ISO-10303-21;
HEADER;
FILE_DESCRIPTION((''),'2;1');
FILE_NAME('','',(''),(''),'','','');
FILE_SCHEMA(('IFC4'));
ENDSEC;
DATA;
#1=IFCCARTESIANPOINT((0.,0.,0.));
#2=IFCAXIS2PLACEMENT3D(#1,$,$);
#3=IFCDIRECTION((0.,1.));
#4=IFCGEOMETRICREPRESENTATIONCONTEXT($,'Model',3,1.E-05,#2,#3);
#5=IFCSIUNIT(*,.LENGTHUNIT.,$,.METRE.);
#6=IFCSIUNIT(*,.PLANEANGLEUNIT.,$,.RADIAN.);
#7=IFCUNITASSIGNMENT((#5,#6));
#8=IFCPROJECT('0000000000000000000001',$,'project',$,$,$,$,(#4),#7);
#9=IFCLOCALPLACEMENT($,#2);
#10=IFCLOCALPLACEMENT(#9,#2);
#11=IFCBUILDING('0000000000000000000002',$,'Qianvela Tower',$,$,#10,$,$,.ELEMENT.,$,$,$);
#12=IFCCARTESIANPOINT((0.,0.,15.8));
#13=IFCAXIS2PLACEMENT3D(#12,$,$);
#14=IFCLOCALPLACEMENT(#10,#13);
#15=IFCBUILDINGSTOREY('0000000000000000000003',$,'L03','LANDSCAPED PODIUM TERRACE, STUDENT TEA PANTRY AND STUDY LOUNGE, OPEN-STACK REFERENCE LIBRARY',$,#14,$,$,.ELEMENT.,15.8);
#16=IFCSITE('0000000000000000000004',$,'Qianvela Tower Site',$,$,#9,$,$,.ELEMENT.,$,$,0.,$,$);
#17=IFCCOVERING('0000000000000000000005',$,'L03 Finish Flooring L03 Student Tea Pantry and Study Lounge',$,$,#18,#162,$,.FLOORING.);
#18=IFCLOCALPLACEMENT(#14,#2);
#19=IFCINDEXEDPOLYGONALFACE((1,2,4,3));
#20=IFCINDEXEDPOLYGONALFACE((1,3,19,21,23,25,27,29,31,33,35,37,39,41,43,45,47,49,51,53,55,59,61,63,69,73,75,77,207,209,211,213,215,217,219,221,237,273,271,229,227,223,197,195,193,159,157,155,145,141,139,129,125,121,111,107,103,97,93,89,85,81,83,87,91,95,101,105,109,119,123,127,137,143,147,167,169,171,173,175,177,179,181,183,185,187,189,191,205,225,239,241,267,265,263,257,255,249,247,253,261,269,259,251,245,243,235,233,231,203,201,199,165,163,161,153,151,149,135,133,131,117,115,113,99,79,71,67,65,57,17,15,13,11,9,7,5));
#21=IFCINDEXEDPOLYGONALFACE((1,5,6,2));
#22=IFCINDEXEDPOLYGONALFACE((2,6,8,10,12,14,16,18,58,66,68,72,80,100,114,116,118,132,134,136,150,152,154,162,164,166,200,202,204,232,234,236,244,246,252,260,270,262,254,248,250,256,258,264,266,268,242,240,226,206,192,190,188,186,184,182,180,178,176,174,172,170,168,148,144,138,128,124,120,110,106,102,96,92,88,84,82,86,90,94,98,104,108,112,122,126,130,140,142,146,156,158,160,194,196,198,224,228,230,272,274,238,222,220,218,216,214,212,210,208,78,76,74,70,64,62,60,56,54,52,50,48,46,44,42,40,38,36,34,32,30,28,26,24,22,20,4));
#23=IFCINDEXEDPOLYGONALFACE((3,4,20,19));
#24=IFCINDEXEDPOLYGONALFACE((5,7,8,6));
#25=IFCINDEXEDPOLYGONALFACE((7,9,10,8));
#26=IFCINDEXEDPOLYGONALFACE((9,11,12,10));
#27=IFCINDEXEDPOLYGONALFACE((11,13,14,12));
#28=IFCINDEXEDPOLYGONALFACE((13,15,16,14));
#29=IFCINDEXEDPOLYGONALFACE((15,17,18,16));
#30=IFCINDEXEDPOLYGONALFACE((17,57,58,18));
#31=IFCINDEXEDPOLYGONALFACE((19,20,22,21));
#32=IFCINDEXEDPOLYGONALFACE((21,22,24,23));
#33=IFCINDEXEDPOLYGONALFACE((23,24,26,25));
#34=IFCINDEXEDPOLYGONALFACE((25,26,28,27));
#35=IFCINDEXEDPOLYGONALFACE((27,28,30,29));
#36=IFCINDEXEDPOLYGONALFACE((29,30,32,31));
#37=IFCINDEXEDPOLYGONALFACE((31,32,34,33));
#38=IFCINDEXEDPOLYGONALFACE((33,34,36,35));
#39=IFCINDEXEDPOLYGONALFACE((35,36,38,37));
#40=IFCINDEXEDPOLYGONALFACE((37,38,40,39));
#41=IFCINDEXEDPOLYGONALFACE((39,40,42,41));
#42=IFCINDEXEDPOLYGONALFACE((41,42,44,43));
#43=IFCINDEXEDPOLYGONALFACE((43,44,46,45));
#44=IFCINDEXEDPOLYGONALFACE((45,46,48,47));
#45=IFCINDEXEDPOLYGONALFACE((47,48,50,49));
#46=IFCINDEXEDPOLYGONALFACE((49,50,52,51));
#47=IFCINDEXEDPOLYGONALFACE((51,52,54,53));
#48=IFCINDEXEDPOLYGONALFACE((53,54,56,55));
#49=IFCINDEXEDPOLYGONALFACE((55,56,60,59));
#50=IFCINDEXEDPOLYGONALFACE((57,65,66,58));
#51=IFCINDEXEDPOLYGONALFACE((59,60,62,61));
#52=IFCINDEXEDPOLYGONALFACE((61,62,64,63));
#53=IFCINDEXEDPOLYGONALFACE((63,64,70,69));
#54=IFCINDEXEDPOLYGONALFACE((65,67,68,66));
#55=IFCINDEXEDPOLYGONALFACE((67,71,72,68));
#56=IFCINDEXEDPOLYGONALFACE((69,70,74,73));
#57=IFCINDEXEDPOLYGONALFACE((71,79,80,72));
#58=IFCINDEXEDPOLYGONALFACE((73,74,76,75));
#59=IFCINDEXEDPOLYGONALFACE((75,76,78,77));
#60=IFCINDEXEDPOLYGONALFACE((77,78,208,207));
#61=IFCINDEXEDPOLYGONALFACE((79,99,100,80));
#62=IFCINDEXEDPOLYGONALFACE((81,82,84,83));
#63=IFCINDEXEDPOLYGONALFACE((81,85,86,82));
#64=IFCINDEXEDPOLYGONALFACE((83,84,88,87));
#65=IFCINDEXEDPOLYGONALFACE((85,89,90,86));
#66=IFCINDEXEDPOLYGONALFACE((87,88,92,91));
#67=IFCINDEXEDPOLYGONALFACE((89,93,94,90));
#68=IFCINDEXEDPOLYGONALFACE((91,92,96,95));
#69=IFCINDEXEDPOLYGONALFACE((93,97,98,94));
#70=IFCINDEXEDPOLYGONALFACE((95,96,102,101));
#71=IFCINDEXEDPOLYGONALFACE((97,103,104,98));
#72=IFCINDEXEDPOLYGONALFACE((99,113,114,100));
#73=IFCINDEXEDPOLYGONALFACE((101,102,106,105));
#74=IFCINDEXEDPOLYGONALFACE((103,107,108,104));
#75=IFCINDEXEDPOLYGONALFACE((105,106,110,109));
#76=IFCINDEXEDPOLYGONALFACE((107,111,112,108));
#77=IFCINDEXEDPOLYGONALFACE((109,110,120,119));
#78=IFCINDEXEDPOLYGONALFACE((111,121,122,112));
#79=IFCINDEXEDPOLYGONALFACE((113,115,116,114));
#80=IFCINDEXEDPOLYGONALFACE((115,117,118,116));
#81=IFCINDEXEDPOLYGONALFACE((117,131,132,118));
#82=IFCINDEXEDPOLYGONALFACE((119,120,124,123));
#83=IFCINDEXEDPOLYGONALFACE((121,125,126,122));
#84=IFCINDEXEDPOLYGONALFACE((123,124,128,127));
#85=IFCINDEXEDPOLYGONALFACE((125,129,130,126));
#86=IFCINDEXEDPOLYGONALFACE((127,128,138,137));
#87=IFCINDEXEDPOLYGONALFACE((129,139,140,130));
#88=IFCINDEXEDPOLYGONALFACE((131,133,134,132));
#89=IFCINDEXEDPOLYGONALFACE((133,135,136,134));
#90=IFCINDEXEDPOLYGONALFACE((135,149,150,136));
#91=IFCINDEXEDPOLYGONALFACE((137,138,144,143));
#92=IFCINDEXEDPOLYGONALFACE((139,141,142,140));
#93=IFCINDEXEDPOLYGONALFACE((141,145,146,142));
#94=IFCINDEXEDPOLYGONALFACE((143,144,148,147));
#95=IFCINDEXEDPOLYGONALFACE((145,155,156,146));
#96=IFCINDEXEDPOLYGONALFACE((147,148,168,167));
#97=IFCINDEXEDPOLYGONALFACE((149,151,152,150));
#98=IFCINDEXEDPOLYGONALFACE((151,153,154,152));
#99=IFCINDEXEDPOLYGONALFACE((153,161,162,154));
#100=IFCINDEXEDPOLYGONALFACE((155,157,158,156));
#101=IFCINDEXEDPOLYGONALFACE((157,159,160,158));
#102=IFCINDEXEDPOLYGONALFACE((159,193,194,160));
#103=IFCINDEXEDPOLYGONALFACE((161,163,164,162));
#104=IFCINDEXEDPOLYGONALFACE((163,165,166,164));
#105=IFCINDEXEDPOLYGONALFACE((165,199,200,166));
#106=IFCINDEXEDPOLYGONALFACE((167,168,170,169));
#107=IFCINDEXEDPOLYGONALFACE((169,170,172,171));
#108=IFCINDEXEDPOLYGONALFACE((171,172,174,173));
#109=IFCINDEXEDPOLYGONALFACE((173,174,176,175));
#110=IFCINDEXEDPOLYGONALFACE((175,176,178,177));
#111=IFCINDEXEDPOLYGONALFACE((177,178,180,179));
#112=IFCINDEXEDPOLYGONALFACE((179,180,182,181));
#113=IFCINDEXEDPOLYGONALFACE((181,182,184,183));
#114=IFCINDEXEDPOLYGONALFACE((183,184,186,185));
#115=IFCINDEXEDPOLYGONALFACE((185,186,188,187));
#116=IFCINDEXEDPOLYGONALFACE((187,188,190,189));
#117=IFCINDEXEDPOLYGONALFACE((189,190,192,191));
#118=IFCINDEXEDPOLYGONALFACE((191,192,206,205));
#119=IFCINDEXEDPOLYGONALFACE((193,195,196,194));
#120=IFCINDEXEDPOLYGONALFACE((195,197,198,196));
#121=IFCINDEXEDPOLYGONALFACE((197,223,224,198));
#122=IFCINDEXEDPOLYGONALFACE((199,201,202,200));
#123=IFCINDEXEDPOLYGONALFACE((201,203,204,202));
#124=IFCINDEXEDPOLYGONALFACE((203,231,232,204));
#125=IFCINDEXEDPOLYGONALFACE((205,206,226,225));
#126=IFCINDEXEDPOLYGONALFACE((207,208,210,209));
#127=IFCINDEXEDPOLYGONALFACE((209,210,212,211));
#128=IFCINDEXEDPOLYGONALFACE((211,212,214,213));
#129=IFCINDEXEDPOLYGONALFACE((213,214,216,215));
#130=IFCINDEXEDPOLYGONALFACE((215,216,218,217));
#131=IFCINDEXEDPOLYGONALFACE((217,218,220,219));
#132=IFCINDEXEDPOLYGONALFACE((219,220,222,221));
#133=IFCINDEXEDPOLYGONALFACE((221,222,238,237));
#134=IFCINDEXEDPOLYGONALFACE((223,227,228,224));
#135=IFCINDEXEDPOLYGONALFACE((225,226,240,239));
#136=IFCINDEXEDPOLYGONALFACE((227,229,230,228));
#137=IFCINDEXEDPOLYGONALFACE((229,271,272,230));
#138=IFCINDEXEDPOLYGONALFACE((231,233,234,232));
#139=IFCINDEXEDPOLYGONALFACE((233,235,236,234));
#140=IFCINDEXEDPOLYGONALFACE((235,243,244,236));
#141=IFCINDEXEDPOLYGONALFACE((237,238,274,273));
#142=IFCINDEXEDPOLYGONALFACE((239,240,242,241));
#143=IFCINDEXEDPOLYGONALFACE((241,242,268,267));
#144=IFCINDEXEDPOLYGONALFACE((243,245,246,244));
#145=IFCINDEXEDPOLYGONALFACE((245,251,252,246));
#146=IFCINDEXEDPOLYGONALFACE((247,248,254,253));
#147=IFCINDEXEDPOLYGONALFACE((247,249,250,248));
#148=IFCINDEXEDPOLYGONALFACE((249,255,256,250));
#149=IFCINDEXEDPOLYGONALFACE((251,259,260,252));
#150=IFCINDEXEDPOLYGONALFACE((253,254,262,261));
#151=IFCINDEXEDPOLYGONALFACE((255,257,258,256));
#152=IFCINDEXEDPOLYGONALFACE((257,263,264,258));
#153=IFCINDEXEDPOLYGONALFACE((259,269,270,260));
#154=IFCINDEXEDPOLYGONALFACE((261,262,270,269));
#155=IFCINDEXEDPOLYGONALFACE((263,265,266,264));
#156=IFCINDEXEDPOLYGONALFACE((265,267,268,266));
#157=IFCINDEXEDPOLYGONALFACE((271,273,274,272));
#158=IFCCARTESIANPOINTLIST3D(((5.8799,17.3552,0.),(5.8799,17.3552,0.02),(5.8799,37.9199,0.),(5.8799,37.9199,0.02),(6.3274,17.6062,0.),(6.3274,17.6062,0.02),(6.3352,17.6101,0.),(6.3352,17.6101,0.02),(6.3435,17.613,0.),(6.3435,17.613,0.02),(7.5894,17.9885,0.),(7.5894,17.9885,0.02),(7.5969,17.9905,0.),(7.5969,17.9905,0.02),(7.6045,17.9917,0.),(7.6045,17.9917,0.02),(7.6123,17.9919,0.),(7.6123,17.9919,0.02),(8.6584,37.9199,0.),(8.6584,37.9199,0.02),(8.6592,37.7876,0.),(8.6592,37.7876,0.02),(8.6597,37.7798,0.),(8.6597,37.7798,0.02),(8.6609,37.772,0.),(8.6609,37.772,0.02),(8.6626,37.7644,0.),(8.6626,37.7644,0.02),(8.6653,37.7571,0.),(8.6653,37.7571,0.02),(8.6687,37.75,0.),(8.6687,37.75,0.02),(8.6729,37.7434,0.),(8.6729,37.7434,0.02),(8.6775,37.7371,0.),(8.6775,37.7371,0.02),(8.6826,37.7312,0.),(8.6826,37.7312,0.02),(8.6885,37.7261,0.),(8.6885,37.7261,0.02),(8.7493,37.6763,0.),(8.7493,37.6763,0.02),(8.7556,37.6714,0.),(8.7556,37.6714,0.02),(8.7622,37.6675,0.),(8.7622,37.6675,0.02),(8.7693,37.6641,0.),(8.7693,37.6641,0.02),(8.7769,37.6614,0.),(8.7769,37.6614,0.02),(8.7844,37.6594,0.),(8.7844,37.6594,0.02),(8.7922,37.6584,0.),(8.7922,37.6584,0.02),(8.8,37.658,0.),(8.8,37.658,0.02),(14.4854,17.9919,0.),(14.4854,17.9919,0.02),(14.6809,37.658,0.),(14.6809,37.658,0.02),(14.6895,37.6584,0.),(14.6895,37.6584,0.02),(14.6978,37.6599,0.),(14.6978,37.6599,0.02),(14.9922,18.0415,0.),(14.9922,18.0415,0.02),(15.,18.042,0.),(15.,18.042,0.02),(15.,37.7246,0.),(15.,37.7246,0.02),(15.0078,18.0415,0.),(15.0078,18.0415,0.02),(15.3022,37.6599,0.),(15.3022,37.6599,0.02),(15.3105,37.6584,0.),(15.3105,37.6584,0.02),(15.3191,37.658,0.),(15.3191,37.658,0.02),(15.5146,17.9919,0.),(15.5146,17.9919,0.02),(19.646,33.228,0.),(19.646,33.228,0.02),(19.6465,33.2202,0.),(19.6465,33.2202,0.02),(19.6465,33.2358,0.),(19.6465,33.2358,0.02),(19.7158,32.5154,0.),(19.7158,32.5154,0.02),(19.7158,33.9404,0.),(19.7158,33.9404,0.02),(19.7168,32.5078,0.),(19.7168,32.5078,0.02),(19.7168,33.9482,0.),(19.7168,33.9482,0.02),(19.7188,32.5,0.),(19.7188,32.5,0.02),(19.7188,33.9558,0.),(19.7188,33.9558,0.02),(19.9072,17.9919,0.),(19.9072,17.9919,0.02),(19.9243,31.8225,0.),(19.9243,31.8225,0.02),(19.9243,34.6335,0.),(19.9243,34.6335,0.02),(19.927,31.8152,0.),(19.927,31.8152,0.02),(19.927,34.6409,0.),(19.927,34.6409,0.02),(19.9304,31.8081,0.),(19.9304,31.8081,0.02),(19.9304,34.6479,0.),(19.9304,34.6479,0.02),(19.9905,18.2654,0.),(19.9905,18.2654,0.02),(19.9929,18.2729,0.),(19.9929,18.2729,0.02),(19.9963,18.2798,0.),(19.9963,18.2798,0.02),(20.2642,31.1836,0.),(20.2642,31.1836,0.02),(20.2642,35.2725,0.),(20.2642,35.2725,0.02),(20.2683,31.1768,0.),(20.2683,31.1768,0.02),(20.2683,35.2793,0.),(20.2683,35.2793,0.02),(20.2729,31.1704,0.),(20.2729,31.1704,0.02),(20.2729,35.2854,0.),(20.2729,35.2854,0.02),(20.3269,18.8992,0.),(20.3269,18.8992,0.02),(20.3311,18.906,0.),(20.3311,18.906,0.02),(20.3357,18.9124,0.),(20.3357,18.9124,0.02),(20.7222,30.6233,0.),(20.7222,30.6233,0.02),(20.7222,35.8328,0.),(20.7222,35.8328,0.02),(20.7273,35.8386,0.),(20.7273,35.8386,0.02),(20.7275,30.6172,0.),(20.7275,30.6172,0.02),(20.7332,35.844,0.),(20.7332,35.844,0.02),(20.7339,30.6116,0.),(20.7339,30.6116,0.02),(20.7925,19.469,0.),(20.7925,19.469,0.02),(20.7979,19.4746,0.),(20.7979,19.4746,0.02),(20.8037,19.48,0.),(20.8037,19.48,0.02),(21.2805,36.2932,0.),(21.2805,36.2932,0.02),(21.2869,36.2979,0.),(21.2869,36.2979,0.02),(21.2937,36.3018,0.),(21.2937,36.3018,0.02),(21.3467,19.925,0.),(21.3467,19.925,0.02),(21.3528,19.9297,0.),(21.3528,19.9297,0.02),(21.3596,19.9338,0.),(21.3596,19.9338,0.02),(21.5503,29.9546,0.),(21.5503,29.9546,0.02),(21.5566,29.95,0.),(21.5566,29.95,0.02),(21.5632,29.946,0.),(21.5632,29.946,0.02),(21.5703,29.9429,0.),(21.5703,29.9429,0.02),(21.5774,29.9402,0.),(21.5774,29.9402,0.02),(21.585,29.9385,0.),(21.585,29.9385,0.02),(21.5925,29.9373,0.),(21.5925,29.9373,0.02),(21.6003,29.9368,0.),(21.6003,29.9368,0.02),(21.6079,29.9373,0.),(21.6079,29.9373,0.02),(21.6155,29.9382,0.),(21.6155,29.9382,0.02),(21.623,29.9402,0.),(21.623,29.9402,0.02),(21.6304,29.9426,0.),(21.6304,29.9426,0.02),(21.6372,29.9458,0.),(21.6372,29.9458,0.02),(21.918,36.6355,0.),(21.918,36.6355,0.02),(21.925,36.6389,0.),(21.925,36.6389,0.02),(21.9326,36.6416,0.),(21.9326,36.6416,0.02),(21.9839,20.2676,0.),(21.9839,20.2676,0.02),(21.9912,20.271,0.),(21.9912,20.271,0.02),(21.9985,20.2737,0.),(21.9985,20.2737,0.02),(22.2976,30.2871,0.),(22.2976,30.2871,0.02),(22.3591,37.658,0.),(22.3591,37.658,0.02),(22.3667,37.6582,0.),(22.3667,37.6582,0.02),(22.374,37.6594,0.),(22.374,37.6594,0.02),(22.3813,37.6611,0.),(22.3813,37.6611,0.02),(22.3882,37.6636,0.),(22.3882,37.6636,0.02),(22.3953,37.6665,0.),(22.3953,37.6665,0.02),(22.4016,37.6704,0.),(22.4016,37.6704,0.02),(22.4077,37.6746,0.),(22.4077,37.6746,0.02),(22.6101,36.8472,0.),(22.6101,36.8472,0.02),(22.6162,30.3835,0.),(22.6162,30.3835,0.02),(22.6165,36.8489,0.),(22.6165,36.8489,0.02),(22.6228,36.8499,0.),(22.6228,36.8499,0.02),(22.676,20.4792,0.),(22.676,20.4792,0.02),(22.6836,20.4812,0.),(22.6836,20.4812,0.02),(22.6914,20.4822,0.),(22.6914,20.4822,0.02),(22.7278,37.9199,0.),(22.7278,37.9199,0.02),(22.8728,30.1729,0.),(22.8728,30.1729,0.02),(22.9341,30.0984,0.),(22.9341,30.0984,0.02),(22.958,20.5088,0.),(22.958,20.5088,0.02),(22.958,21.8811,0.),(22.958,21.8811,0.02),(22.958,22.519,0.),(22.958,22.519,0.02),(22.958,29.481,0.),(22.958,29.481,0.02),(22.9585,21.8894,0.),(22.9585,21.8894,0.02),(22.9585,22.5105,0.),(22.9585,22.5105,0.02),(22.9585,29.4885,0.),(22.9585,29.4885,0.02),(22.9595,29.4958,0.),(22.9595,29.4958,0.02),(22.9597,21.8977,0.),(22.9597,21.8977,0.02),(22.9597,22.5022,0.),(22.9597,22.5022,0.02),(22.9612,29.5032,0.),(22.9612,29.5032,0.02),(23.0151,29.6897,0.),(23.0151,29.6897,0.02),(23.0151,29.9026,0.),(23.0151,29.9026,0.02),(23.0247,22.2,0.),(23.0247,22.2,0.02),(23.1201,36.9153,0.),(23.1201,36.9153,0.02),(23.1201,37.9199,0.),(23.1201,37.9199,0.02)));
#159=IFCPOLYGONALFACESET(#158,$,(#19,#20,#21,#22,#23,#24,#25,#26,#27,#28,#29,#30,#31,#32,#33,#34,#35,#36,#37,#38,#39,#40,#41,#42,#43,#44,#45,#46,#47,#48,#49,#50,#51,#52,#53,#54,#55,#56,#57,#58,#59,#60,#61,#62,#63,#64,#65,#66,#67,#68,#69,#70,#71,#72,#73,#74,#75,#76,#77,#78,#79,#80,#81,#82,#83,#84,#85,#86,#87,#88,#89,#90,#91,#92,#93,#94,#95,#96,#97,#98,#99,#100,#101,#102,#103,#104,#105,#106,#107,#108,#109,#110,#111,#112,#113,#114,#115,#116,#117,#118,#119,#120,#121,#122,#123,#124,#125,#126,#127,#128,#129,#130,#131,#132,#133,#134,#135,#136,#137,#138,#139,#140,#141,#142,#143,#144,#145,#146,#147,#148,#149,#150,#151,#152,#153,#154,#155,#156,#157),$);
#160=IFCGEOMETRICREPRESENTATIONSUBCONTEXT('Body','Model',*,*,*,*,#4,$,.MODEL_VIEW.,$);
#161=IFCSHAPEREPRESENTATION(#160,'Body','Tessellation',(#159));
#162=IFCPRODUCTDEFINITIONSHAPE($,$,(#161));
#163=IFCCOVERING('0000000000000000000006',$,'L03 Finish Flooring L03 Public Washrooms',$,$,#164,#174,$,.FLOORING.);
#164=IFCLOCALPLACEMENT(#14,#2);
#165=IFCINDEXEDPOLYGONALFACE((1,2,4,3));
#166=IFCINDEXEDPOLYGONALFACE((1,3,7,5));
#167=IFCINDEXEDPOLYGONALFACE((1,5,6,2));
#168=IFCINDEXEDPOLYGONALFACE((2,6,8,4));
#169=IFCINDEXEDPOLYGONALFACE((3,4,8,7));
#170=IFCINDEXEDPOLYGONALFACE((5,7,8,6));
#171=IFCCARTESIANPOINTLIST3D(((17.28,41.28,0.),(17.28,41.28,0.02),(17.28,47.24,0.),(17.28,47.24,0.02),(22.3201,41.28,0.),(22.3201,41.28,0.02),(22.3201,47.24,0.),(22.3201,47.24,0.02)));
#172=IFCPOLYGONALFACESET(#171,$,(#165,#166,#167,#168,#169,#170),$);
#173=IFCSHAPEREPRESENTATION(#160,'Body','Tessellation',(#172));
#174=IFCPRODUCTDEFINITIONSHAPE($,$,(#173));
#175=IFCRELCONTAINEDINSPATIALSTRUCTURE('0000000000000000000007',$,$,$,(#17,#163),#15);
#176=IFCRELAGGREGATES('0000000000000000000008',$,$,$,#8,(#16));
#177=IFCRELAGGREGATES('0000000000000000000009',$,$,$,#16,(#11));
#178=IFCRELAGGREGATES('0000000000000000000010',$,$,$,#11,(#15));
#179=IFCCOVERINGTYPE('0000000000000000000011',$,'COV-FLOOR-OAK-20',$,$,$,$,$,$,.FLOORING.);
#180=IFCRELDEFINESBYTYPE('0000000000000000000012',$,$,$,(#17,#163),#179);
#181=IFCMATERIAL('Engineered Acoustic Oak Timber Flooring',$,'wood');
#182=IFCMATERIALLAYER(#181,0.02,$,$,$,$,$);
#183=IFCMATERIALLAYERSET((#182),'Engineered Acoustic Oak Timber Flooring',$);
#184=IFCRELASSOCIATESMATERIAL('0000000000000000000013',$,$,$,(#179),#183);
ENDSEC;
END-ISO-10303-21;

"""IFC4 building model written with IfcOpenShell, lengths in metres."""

from ifc_helpers import new_model, si_unit, direction, frame, origin, place, context, subcontext, project, spatial, polyline, outline, extrude, material, layer, layer_set, type_object, element, save


model = new_model("IFC4")

# Units and contexts
model_context = context("Model", 3, precision=1e-05, world=origin(), true_north=direction((0.0, 1.0)))
body_context = subcontext(model_context, "Body", "Model", "MODEL_VIEW")
ifc_project = project(units=[si_unit("LENGTHUNIT", "METRE"), si_unit("PLANEANGLEUNIT", "RADIAN")], contexts=[model_context])

# Site, building, storey
site_placement = place(None, origin())
site = spatial("IfcSite", under=ifc_project, at=site_placement, Name="Qianvela Tower Site", CompositionType="ELEMENT", RefElevation=0.0)
building_placement = place(site_placement, origin())
building = spatial("IfcBuilding", under=site, at=building_placement, Name="Qianvela Tower", CompositionType="ELEMENT")
storey_placement = place(building_placement, frame((0.0, 0.0, 15.8)))
storey = spatial("IfcBuildingStorey", under=building, at=storey_placement, Name="L03", Description="LANDSCAPED PODIUM TERRACE, STUDENT TEA PANTRY AND STUDY LOUNGE, OPEN-STACK REFERENCE LIBRARY", CompositionType="ELEMENT", Elevation=15.8)

# Coverings
ifc_material_1 = material(Name="Engineered Acoustic Oak Timber Flooring", Category="wood")
ifc_layer_1 = layer(ifc_material_1, 0.02)
ifc_layer_set_1 = layer_set([ifc_layer_1], Name="Engineered Acoustic Oak Timber Flooring")
covering_type_1 = type_object("IfcCoveringType", Name="COV-FLOOR-OAK-20", PredefinedType="FLOORING", material=ifc_layer_set_1)
covering_1_placement = place(storey_placement, origin())
element("IfcCovering", 1, at=covering_1_placement, inside=storey, type_object=covering_type_1, Name="L03 Finish Flooring L03 Student Tea Pantry and Study Lounge", PredefinedType="FLOORING", context=body_context, shape_type="SweptSolid", body=[
    extrude(outline(polyline([(23.1201, 36.9153), (22.6228, 36.8499), (22.6165, 36.8489), (22.6101, 36.8472), (21.9326, 36.6416), (21.925, 36.6389), (21.918, 36.6355), (21.2937, 36.3018), (21.2869, 36.2979), (21.2805, 36.2932), (20.7332, 35.844), (20.7273, 35.8386), (20.7222, 35.8328), (20.2729, 35.2854), (20.2683, 35.2793), (20.2642, 35.2725), (19.9304, 34.6479), (19.927, 34.6409), (19.9243, 34.6335), (19.7188, 33.9558), (19.7168, 33.9482), (19.7158, 33.9404), (19.6465, 33.2358), (19.646, 33.228), (19.6465, 33.2202), (19.7158, 32.5154), (19.7168, 32.5078), (19.7188, 32.5), (19.9243, 31.8225), (19.927, 31.8152), (19.9304, 31.8081), (20.2642, 31.1836), (20.2683, 31.1768), (20.2729, 31.1704), (20.7222, 30.6233), (20.7275, 30.6172), (20.7339, 30.6116), (21.5503, 29.9546), (21.5566, 29.95), (21.5632, 29.946), (21.5703, 29.9429), (21.5774, 29.9402), (21.585, 29.9385), (21.5925, 29.9373), (21.6003, 29.9368), (21.6079, 29.9373), (21.6155, 29.9382), (21.623, 29.9402), (21.6304, 29.9426), (21.6372, 29.9458), (22.2976, 30.2871), (22.6162, 30.3835), (22.8728, 30.1729), (22.9341, 30.0984), (23.0151, 29.9026), (23.0151, 29.6897), (22.9612, 29.5032), (22.9595, 29.4958), (22.9585, 29.4885), (22.958, 29.481), (22.958, 22.519), (22.9585, 22.5105), (22.9597, 22.5022), (23.0247, 22.2), (22.9597, 21.8977), (22.9585, 21.8894), (22.958, 21.8811), (22.958, 20.5088), (22.6914, 20.4822), (22.6836, 20.4812), (22.676, 20.4792), (21.9985, 20.2737), (21.9912, 20.271), (21.9839, 20.2676), (21.3596, 19.9338), (21.3528, 19.9297), (21.3467, 19.925), (20.8037, 19.48), (20.7979, 19.4746), (20.7925, 19.469), (20.3357, 18.9124), (20.3311, 18.906), (20.3269, 18.8992), (19.9963, 18.2798), (19.9929, 18.2729), (19.9905, 18.2654), (19.9072, 17.9919), (15.5146, 17.9919), (15.0078, 18.0415), (15.0, 18.042), (14.9922, 18.0415), (14.4854, 17.9919), (7.6123, 17.9919), (7.6045, 17.9917), (7.5969, 17.9905), (7.5894, 17.9885), (6.3435, 17.613), (6.3352, 17.6101), (6.3274, 17.6062), (5.8799, 17.3552), (5.8799, 37.9199), (8.6584, 37.9199), (8.6592, 37.7876), (8.6597, 37.7798), (8.6609, 37.772), (8.6626, 37.7644), (8.6653, 37.7571), (8.6687, 37.75), (8.6729, 37.7434), (8.6775, 37.7371), (8.6826, 37.7312), (8.6885, 37.7261), (8.7493, 37.6763), (8.7556, 37.6714), (8.7622, 37.6675), (8.7693, 37.6641), (8.7769, 37.6614), (8.7844, 37.6594), (8.7922, 37.6584), (8.8, 37.658), (14.6809, 37.658), (14.6895, 37.6584), (14.6978, 37.6599), (15.0, 37.7246), (15.3022, 37.6599), (15.3105, 37.6584), (15.3191, 37.658), (22.3591, 37.658), (22.3667, 37.6582), (22.374, 37.6594), (22.3813, 37.6611), (22.3882, 37.6636), (22.3953, 37.6665), (22.4016, 37.6704), (22.4077, 37.6746), (22.7278, 37.9199), (23.1201, 37.9199), (23.1201, 36.9153)])), origin(), (0.0, 0.0, 1.0), 0.02),
])
covering_2_placement = place(storey_placement, origin())
element("IfcCovering", 2, at=covering_2_placement, inside=storey, type_object=covering_type_1, Name="L03 Finish Flooring L03 Public Washrooms", PredefinedType="FLOORING", context=body_context, shape_type="SweptSolid", body=[
    extrude(outline(polyline([(17.28, 47.24), (22.3201, 47.24), (22.3201, 41.28), (17.28, 41.28), (17.28, 47.24)])), origin(), (0.0, 0.0, 1.0), 0.02),
])

save(model, "model.ifc")
